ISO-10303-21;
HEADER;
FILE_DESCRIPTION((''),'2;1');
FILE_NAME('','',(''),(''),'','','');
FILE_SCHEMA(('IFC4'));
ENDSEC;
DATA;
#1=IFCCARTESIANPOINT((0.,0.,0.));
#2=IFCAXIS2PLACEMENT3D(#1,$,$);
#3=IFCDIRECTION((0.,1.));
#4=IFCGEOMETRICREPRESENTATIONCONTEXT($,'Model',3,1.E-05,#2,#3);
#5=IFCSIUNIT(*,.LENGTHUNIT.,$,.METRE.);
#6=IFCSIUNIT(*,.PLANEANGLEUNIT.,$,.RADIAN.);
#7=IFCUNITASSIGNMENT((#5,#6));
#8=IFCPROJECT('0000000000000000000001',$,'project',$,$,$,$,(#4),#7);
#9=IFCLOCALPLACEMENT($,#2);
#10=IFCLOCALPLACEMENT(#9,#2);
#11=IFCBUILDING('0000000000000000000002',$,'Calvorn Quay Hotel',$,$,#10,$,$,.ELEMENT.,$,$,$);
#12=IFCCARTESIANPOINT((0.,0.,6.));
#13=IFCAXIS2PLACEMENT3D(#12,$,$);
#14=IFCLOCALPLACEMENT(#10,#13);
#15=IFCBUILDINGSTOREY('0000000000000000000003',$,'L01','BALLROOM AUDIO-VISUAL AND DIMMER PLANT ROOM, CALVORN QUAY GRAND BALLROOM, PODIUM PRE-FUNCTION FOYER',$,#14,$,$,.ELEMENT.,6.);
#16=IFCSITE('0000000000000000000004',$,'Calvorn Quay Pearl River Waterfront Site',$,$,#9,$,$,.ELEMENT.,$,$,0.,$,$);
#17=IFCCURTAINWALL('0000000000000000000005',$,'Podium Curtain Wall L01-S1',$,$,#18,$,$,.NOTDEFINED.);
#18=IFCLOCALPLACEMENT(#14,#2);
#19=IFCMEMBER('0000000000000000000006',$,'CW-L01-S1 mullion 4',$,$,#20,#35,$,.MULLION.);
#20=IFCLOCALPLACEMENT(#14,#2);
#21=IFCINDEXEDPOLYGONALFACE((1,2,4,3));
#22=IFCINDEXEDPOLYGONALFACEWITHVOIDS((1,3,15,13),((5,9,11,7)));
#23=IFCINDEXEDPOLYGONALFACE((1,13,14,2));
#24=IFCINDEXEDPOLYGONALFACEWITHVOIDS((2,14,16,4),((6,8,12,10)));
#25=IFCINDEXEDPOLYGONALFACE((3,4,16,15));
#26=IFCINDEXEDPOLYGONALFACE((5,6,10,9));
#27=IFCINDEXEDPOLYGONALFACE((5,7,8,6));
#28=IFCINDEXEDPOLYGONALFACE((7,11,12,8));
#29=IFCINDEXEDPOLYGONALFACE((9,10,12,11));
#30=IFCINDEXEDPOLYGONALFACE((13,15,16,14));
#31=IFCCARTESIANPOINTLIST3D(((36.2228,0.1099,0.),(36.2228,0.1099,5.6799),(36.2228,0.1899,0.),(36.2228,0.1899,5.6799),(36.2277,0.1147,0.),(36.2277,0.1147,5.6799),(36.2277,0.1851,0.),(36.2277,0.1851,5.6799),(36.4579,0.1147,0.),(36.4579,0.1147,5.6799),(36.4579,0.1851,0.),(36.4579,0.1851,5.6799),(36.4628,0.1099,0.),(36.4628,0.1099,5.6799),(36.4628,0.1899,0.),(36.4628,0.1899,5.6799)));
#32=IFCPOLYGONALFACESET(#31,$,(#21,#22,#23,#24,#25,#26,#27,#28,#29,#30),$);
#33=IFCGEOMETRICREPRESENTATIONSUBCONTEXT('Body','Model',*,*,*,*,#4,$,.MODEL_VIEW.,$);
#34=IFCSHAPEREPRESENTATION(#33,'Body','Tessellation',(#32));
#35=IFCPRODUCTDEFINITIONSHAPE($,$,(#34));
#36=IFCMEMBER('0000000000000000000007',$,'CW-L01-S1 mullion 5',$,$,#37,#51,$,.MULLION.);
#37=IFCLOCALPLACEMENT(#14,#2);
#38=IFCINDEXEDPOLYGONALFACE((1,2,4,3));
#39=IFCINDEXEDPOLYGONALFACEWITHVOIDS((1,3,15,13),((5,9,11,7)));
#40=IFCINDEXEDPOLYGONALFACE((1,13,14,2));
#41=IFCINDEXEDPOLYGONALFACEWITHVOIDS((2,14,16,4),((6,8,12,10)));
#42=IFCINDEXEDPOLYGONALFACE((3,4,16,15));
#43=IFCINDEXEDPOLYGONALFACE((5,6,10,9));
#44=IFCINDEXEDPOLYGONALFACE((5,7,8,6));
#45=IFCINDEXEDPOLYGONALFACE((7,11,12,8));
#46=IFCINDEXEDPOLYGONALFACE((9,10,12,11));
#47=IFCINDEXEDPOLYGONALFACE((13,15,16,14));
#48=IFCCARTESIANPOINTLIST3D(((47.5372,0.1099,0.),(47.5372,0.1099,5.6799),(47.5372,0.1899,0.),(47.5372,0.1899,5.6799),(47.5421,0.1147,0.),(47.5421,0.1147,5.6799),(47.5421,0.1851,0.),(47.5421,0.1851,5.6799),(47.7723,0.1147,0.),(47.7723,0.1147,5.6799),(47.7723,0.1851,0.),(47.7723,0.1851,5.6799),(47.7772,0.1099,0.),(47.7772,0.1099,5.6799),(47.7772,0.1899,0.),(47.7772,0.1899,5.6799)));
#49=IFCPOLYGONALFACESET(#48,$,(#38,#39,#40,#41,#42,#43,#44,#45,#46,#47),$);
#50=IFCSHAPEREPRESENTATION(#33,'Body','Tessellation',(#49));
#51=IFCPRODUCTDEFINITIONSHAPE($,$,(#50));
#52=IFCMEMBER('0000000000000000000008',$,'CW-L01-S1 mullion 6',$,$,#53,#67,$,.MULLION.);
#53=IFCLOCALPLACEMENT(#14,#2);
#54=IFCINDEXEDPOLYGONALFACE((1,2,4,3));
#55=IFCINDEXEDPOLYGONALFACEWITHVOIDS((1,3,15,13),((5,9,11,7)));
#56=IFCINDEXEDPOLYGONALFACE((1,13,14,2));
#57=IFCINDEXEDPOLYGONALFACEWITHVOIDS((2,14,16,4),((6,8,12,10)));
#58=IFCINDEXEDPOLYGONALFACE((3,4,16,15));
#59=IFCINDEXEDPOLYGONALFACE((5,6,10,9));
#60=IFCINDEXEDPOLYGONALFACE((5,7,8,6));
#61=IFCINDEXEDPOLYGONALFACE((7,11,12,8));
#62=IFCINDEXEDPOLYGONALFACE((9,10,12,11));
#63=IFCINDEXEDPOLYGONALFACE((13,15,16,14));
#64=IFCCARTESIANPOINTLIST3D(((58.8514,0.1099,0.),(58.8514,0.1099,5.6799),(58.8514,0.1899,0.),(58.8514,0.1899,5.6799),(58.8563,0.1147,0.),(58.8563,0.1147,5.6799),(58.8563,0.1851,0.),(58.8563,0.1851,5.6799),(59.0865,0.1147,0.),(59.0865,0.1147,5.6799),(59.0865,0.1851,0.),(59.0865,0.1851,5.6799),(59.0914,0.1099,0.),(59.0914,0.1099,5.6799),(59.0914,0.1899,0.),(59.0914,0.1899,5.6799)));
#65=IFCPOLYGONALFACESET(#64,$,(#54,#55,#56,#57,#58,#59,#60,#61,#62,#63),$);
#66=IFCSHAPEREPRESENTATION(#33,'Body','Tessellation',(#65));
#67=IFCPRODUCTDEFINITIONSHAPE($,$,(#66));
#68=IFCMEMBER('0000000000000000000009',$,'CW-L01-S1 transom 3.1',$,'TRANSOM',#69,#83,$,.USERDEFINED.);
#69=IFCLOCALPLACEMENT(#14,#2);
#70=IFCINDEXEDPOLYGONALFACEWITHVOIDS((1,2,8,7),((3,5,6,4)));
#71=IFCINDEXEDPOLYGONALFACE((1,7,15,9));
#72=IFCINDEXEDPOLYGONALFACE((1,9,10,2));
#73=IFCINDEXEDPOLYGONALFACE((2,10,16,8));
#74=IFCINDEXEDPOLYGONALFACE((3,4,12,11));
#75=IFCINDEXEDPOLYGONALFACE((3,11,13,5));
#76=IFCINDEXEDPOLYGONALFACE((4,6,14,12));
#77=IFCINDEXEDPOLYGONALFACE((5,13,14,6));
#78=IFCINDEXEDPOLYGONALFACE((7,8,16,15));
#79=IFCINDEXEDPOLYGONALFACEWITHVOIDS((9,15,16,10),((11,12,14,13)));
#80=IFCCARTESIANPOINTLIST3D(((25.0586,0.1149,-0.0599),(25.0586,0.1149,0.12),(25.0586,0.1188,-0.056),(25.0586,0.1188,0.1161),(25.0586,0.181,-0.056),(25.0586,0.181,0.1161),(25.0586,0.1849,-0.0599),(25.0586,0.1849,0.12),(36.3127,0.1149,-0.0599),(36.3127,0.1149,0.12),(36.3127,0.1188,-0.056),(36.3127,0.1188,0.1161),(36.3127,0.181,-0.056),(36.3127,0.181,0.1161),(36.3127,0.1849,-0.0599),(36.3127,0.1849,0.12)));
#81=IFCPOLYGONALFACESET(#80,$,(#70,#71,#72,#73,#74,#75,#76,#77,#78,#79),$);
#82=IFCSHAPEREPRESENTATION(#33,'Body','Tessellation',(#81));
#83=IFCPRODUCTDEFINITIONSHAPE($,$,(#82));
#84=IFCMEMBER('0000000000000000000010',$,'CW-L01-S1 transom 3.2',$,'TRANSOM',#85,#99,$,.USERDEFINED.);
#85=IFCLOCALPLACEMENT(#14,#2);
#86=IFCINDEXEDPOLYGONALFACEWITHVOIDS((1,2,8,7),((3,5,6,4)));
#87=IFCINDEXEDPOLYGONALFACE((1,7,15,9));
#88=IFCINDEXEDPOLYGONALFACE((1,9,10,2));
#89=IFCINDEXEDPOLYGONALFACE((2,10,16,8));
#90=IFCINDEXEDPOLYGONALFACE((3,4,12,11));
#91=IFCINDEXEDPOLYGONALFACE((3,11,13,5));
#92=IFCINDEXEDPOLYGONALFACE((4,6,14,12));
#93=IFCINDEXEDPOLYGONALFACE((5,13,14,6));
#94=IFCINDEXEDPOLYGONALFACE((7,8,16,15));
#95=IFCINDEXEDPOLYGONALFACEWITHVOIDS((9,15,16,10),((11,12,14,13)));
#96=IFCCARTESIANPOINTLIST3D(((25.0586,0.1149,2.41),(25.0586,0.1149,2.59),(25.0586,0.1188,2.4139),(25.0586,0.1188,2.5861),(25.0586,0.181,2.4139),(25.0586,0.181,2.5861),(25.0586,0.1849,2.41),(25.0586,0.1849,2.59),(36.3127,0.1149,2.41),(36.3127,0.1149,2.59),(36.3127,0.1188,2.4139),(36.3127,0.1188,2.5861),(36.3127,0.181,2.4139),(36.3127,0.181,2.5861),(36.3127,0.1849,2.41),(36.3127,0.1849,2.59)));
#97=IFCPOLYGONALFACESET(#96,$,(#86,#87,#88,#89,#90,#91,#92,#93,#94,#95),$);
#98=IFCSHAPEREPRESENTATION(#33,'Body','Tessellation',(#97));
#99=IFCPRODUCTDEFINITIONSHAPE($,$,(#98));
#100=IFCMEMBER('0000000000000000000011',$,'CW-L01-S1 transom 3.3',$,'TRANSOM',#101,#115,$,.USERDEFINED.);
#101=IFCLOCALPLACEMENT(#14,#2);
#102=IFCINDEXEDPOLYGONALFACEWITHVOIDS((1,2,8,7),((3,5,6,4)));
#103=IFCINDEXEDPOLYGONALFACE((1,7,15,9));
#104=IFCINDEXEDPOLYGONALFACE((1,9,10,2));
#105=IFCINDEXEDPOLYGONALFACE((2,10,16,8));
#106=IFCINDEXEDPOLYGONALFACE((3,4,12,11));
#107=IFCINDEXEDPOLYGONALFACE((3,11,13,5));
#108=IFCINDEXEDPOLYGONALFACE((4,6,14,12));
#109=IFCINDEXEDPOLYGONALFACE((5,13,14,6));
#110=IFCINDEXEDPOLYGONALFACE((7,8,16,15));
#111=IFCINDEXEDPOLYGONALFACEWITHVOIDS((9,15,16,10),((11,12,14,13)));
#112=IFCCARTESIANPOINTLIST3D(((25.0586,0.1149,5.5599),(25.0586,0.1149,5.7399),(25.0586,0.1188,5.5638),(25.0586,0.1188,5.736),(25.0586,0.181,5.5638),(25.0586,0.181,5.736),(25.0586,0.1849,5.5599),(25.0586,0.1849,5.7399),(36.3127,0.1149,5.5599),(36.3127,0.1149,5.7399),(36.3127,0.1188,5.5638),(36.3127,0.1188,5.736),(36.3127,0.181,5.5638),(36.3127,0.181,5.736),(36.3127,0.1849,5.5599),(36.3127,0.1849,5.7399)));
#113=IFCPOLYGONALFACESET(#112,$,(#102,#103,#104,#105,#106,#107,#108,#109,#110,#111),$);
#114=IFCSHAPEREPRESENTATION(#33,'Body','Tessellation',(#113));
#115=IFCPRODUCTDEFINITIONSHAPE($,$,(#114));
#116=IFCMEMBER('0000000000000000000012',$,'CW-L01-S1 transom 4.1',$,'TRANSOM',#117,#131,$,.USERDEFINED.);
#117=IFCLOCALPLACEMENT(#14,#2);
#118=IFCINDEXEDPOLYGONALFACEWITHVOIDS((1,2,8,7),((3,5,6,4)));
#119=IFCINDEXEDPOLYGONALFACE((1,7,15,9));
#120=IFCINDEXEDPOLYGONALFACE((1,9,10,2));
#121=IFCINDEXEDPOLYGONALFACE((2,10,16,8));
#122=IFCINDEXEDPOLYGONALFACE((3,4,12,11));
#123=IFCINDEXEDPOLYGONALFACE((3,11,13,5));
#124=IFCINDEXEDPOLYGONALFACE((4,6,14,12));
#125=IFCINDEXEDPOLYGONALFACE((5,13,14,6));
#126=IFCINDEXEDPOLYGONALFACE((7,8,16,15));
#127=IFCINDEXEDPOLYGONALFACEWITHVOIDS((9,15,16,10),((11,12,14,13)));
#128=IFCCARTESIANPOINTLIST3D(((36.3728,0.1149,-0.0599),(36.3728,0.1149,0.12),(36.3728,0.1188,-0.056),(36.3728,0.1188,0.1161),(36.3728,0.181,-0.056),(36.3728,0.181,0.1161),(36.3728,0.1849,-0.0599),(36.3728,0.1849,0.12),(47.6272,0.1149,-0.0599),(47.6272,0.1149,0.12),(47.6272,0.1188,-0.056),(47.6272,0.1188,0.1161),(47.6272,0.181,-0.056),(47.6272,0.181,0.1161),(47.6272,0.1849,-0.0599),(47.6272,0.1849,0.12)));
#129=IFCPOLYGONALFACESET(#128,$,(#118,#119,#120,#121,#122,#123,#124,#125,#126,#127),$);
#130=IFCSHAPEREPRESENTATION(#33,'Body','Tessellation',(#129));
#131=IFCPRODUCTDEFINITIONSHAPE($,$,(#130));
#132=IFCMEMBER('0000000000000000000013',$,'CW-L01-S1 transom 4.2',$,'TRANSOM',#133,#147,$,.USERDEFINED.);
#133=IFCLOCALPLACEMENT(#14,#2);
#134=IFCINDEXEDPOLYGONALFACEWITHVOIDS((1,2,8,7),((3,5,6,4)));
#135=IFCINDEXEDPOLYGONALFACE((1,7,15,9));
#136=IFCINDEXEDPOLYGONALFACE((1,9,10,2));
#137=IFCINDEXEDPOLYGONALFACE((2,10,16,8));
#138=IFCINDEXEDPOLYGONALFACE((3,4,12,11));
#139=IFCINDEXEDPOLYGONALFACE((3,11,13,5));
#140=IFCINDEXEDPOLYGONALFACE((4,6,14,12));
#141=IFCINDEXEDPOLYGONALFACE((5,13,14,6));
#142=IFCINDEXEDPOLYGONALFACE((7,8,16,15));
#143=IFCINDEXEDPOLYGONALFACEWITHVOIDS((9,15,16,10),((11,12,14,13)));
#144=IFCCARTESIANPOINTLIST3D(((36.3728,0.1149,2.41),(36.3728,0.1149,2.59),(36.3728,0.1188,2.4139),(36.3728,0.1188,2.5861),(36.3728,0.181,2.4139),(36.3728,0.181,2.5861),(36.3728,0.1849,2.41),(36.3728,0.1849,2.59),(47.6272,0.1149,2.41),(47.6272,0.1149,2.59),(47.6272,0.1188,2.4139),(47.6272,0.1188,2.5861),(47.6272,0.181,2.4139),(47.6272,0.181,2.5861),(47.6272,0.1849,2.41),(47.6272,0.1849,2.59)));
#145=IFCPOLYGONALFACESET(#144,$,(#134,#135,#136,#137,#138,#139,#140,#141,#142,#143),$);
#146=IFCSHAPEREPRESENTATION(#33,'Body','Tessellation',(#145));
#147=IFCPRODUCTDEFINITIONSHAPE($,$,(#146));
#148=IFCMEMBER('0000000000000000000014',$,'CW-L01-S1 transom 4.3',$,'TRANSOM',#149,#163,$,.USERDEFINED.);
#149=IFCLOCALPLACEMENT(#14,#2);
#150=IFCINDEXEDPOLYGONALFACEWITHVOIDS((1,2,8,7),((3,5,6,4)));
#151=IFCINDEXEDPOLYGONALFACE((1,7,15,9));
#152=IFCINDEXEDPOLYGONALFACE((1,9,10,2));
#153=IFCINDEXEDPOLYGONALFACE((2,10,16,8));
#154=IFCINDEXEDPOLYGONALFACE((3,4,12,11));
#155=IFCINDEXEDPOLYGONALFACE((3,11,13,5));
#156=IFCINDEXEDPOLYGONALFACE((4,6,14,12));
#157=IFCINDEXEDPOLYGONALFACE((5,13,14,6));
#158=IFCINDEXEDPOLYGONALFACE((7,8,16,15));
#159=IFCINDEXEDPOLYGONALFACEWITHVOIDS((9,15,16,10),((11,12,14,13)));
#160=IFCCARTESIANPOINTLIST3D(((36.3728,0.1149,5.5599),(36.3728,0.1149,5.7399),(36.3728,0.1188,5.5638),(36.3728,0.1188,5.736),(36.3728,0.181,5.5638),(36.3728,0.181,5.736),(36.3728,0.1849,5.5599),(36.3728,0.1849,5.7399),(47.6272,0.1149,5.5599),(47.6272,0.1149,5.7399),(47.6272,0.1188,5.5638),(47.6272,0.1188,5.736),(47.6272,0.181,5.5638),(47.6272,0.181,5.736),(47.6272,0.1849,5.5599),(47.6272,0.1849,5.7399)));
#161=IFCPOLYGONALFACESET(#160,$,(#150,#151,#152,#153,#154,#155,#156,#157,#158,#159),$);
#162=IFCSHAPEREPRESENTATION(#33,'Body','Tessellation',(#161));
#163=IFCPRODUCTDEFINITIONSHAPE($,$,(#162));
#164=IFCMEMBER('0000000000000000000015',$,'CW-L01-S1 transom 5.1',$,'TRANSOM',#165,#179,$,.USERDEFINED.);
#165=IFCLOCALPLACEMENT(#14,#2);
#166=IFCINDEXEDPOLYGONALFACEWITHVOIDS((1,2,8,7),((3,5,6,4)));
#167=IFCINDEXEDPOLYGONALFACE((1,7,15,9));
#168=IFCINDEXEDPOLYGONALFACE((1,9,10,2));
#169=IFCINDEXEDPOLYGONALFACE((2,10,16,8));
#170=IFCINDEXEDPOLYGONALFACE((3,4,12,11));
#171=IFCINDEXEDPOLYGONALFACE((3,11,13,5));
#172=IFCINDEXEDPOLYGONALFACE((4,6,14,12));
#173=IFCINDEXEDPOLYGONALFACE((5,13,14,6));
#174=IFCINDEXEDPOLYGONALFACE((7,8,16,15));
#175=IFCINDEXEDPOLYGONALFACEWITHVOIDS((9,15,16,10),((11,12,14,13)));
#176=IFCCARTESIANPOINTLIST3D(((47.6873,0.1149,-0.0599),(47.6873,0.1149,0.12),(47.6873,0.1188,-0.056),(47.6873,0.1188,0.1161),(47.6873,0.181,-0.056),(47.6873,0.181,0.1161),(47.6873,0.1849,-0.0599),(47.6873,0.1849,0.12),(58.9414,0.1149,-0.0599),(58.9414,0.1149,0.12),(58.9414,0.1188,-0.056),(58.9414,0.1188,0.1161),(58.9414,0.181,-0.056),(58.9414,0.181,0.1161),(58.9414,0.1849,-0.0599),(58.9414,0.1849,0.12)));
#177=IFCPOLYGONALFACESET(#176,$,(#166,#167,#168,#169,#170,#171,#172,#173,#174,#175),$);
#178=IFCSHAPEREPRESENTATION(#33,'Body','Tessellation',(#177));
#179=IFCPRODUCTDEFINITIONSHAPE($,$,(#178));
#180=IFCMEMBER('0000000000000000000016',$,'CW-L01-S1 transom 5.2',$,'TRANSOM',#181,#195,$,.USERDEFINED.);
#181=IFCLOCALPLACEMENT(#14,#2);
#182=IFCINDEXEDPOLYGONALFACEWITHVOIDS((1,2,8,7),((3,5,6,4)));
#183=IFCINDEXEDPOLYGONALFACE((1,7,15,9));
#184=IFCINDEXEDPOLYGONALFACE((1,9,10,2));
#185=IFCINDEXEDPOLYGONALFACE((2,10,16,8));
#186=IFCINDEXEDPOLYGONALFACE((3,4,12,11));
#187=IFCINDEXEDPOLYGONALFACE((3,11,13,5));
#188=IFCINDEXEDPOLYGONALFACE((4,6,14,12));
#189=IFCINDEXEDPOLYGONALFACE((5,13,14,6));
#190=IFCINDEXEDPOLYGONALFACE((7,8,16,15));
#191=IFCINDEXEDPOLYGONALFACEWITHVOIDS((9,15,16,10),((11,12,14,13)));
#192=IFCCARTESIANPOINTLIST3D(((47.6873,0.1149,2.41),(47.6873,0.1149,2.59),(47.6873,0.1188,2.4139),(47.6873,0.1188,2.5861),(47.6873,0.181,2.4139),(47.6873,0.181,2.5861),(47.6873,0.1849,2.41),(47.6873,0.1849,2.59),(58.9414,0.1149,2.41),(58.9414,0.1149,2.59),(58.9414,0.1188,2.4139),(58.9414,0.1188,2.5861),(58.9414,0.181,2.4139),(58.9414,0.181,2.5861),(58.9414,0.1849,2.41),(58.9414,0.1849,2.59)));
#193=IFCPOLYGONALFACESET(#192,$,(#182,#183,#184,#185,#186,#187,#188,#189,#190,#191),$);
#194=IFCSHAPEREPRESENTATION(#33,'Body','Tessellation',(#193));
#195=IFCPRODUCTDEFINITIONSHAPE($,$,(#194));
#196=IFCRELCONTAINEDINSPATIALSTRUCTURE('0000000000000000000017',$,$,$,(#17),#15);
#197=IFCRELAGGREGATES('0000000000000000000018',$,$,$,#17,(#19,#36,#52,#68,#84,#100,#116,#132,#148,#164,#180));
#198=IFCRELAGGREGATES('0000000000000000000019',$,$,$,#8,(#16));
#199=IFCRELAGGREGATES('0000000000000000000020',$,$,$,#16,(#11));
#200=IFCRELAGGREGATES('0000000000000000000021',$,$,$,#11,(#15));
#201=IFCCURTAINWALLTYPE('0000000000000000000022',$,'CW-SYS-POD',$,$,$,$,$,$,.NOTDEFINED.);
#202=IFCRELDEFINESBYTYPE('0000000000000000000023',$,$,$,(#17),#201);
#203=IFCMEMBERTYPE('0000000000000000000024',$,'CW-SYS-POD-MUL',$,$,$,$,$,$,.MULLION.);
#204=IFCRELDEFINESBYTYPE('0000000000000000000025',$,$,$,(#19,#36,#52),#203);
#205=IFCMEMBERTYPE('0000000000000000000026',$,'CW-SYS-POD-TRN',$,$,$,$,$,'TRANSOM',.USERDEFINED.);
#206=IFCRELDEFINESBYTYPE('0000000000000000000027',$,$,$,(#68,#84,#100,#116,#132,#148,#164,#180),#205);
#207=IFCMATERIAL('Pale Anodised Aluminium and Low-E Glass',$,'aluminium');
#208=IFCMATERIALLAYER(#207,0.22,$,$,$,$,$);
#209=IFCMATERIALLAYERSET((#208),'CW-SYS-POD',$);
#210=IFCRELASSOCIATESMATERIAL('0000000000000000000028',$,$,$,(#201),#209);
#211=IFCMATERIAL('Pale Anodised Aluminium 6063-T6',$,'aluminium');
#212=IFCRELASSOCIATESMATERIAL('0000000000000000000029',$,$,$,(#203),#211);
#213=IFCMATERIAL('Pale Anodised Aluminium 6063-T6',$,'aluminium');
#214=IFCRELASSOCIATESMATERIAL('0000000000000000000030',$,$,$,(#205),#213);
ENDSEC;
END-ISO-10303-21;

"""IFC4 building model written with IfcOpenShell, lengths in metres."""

from ifc_helpers import new_model, si_unit, direction, frame, origin, origin_2d, place, context, subcontext, project, spatial, hollow_rectangle, extrude, material, layer, layer_set, material_profile, profile_set, type_object, element, aggregate, save


model = new_model("IFC4")

# Units and contexts
model_context = context("Model", 3, precision=1e-05, world=origin(), true_north=direction((0.0, 1.0)))
body_context = subcontext(model_context, "Body", "Model", "MODEL_VIEW")
ifc_project = project(units=[si_unit("LENGTHUNIT", "METRE"), si_unit("PLANEANGLEUNIT", "RADIAN")], contexts=[model_context])

# Site, building, storey
site_placement = place(None, origin())
site = spatial("IfcSite", under=ifc_project, at=site_placement, Name="Calvorn Quay Pearl River Waterfront Site", CompositionType="ELEMENT", RefElevation=0.0)
building_placement = place(site_placement, origin())
building = spatial("IfcBuilding", under=site, at=building_placement, Name="Calvorn Quay Hotel", CompositionType="ELEMENT")
storey_placement = place(building_placement, frame((0.0, 0.0, 6.0)))
storey = spatial("IfcBuildingStorey", under=building, at=storey_placement, Name="L01", Description="BALLROOM AUDIO-VISUAL AND DIMMER PLANT ROOM, CALVORN QUAY GRAND BALLROOM, PODIUM PRE-FUNCTION FOYER", CompositionType="ELEMENT", Elevation=6.0)

# Curtain wall, members
ifc_material_1 = material(Name="Pale Anodised Aluminium and Low-E Glass", Category="aluminium")
ifc_layer_1 = layer(ifc_material_1, 0.22)
ifc_layer_set_1 = layer_set([ifc_layer_1], Name="CW-SYS-POD")
curtain_wall_type = type_object("IfcCurtainWallType", Name="CW-SYS-POD", PredefinedType="NOTDEFINED", material=ifc_layer_set_1)
curtain_wall_placement = place(storey_placement, origin())
curtain_wall = element("IfcCurtainWall", 1, at=curtain_wall_placement, inside=storey, type_object=curtain_wall_type, Name="Podium Curtain Wall L01-S1", PredefinedType="NOTDEFINED")
ifc_material_2 = material(Name="Pale Anodised Aluminium 6063-T6", Category="aluminium")
ifc_material_profile_1 = material_profile(ifc_material_2, hollow_rectangle(XDim=0.0801, YDim=0.24, WallThickness=0.0049, at=origin_2d()), Name="ALU-M240x80x5")
ifc_profile_set_1 = profile_set([ifc_material_profile_1], Name="Pale Anodised Aluminium 6063-T6")
member_type_1 = type_object("IfcMemberType", Name="CW-SYS-POD-MUL", PredefinedType="MULLION", material=ifc_profile_set_1)
member_1_placement = place(storey_placement, frame((36.3428, 0.1499, 0.0), z_axis=(0.0, 0.0, 1.0), x_axis=(0.0, 1.0, 0.0)))
member_1 = element("IfcMember", 2, at=member_1_placement, type_object=member_type_1, Name="CW-L01-S1 mullion 4", PredefinedType="MULLION", context=body_context, shape_type="SweptSolid", body=[
    extrude(hollow_rectangle(XDim=0.0801, YDim=0.24, WallThickness=0.0049, at=origin_2d()), origin(), (0.0, 0.0, 1.0), 5.6799),
])
member_2_placement = place(storey_placement, frame((47.6572, 0.1499, 0.0), z_axis=(0.0, 0.0, 1.0), x_axis=(0.0, 1.0, 0.0)))
member_2 = element("IfcMember", 3, at=member_2_placement, type_object=member_type_1, Name="CW-L01-S1 mullion 5", PredefinedType="MULLION", context=body_context, shape_type="SweptSolid", body=[
    extrude(hollow_rectangle(XDim=0.0801, YDim=0.24, WallThickness=0.0049, at=origin_2d()), origin(), (0.0, 0.0, 1.0), 5.6799),
])
member_3_placement = place(storey_placement, frame((58.9714, 0.1499, 0.0), z_axis=(0.0, 0.0, 1.0), x_axis=(0.0, 1.0, 0.0)))
member_3 = element("IfcMember", 4, at=member_3_placement, type_object=member_type_1, Name="CW-L01-S1 mullion 6", PredefinedType="MULLION", context=body_context, shape_type="SweptSolid", body=[
    extrude(hollow_rectangle(XDim=0.0801, YDim=0.24, WallThickness=0.0049, at=origin_2d()), origin(), (0.0, 0.0, 1.0), 5.6799),
])
ifc_material_3 = material(Name="Pale Anodised Aluminium 6063-T6", Category="aluminium")
ifc_material_profile_2 = material_profile(ifc_material_3, hollow_rectangle(XDim=0.0701, YDim=0.1799, WallThickness=0.0039, at=origin_2d()), Name="ALU-T180x70x4")
ifc_profile_set_2 = profile_set([ifc_material_profile_2], Name="Pale Anodised Aluminium 6063-T6")
member_type_2 = type_object("IfcMemberType", Name="CW-SYS-POD-TRN", ElementType="TRANSOM", PredefinedType="USERDEFINED", material=ifc_profile_set_2)
member_4_placement = place(storey_placement, frame((25.0586, 0.1499, 0.03), z_axis=(1.0, 0.0, 0.0), x_axis=(0.0, 1.0, 0.0)))
member_4 = element("IfcMember", 5, at=member_4_placement, type_object=member_type_2, Name="CW-L01-S1 transom 3.1", ObjectType="TRANSOM", PredefinedType="USERDEFINED", context=body_context, shape_type="SweptSolid", body=[
    extrude(hollow_rectangle(XDim=0.0701, YDim=0.1799, WallThickness=0.0039, at=origin_2d()), origin(), (0.0, 0.0, 1.0), 11.2542),
])
member_5_placement = place(storey_placement, frame((25.0586, 0.1499, 2.5), z_axis=(1.0, 0.0, 0.0), x_axis=(0.0, 1.0, 0.0)))
member_5 = element("IfcMember", 6, at=member_5_placement, type_object=member_type_2, Name="CW-L01-S1 transom 3.2", ObjectType="TRANSOM", PredefinedType="USERDEFINED", context=body_context, shape_type="SweptSolid", body=[
    extrude(hollow_rectangle(XDim=0.0701, YDim=0.1799, WallThickness=0.0039, at=origin_2d()), origin(), (0.0, 0.0, 1.0), 11.2542),
])
member_6_placement = place(storey_placement, frame((25.0586, 0.1499, 5.6499), z_axis=(1.0, 0.0, 0.0), x_axis=(0.0, 1.0, 0.0)))
member_6 = element("IfcMember", 7, at=member_6_placement, type_object=member_type_2, Name="CW-L01-S1 transom 3.3", ObjectType="TRANSOM", PredefinedType="USERDEFINED", context=body_context, shape_type="SweptSolid", body=[
    extrude(hollow_rectangle(XDim=0.0701, YDim=0.1799, WallThickness=0.0039, at=origin_2d()), origin(), (0.0, 0.0, 1.0), 11.2542),
])
member_7_placement = place(storey_placement, frame((36.3728, 0.1499, 0.03), z_axis=(1.0, 0.0, 0.0), x_axis=(0.0, 1.0, 0.0)))
member_7 = element("IfcMember", 8, at=member_7_placement, type_object=member_type_2, Name="CW-L01-S1 transom 4.1", ObjectType="TRANSOM", PredefinedType="USERDEFINED", context=body_context, shape_type="SweptSolid", body=[
    extrude(hollow_rectangle(XDim=0.0701, YDim=0.1799, WallThickness=0.0039, at=origin_2d()), origin(), (0.0, 0.0, 1.0), 11.2544),
])
member_8_placement = place(storey_placement, frame((36.3728, 0.1499, 2.5), z_axis=(1.0, 0.0, 0.0), x_axis=(0.0, 1.0, 0.0)))
member_8 = element("IfcMember", 9, at=member_8_placement, type_object=member_type_2, Name="CW-L01-S1 transom 4.2", ObjectType="TRANSOM", PredefinedType="USERDEFINED", context=body_context, shape_type="SweptSolid", body=[
    extrude(hollow_rectangle(XDim=0.0701, YDim=0.1799, WallThickness=0.0039, at=origin_2d()), origin(), (0.0, 0.0, 1.0), 11.2544),
])
member_9_placement = place(storey_placement, frame((36.3728, 0.1499, 5.6499), z_axis=(1.0, 0.0, 0.0), x_axis=(0.0, 1.0, 0.0)))
member_9 = element("IfcMember", 10, at=member_9_placement, type_object=member_type_2, Name="CW-L01-S1 transom 4.3", ObjectType="TRANSOM", PredefinedType="USERDEFINED", context=body_context, shape_type="SweptSolid", body=[
    extrude(hollow_rectangle(XDim=0.0701, YDim=0.1799, WallThickness=0.0039, at=origin_2d()), origin(), (0.0, 0.0, 1.0), 11.2544),
])
member_10_placement = place(storey_placement, frame((47.6873, 0.1499, 0.03), z_axis=(1.0, 0.0, 0.0), x_axis=(0.0, 1.0, 0.0)))
member_10 = element("IfcMember", 11, at=member_10_placement, type_object=member_type_2, Name="CW-L01-S1 transom 5.1", ObjectType="TRANSOM", PredefinedType="USERDEFINED", context=body_context, shape_type="SweptSolid", body=[
    extrude(hollow_rectangle(XDim=0.0701, YDim=0.1799, WallThickness=0.0039, at=origin_2d()), origin(), (0.0, 0.0, 1.0), 11.2542),
])
member_11_placement = place(storey_placement, frame((47.6873, 0.1499, 2.5), z_axis=(1.0, 0.0, 0.0), x_axis=(0.0, 1.0, 0.0)))
member_11 = element("IfcMember", 12, at=member_11_placement, type_object=member_type_2, Name="CW-L01-S1 transom 5.2", ObjectType="TRANSOM", PredefinedType="USERDEFINED", context=body_context, shape_type="SweptSolid", body=[
    extrude(hollow_rectangle(XDim=0.0701, YDim=0.1799, WallThickness=0.0039, at=origin_2d()), origin(), (0.0, 0.0, 1.0), 11.2542),
])
aggregate(curtain_wall, [member_1, member_2, member_3, member_4, member_5, member_6, member_7, member_8, member_9, member_10, member_11])

save(model, "model.ifc")
